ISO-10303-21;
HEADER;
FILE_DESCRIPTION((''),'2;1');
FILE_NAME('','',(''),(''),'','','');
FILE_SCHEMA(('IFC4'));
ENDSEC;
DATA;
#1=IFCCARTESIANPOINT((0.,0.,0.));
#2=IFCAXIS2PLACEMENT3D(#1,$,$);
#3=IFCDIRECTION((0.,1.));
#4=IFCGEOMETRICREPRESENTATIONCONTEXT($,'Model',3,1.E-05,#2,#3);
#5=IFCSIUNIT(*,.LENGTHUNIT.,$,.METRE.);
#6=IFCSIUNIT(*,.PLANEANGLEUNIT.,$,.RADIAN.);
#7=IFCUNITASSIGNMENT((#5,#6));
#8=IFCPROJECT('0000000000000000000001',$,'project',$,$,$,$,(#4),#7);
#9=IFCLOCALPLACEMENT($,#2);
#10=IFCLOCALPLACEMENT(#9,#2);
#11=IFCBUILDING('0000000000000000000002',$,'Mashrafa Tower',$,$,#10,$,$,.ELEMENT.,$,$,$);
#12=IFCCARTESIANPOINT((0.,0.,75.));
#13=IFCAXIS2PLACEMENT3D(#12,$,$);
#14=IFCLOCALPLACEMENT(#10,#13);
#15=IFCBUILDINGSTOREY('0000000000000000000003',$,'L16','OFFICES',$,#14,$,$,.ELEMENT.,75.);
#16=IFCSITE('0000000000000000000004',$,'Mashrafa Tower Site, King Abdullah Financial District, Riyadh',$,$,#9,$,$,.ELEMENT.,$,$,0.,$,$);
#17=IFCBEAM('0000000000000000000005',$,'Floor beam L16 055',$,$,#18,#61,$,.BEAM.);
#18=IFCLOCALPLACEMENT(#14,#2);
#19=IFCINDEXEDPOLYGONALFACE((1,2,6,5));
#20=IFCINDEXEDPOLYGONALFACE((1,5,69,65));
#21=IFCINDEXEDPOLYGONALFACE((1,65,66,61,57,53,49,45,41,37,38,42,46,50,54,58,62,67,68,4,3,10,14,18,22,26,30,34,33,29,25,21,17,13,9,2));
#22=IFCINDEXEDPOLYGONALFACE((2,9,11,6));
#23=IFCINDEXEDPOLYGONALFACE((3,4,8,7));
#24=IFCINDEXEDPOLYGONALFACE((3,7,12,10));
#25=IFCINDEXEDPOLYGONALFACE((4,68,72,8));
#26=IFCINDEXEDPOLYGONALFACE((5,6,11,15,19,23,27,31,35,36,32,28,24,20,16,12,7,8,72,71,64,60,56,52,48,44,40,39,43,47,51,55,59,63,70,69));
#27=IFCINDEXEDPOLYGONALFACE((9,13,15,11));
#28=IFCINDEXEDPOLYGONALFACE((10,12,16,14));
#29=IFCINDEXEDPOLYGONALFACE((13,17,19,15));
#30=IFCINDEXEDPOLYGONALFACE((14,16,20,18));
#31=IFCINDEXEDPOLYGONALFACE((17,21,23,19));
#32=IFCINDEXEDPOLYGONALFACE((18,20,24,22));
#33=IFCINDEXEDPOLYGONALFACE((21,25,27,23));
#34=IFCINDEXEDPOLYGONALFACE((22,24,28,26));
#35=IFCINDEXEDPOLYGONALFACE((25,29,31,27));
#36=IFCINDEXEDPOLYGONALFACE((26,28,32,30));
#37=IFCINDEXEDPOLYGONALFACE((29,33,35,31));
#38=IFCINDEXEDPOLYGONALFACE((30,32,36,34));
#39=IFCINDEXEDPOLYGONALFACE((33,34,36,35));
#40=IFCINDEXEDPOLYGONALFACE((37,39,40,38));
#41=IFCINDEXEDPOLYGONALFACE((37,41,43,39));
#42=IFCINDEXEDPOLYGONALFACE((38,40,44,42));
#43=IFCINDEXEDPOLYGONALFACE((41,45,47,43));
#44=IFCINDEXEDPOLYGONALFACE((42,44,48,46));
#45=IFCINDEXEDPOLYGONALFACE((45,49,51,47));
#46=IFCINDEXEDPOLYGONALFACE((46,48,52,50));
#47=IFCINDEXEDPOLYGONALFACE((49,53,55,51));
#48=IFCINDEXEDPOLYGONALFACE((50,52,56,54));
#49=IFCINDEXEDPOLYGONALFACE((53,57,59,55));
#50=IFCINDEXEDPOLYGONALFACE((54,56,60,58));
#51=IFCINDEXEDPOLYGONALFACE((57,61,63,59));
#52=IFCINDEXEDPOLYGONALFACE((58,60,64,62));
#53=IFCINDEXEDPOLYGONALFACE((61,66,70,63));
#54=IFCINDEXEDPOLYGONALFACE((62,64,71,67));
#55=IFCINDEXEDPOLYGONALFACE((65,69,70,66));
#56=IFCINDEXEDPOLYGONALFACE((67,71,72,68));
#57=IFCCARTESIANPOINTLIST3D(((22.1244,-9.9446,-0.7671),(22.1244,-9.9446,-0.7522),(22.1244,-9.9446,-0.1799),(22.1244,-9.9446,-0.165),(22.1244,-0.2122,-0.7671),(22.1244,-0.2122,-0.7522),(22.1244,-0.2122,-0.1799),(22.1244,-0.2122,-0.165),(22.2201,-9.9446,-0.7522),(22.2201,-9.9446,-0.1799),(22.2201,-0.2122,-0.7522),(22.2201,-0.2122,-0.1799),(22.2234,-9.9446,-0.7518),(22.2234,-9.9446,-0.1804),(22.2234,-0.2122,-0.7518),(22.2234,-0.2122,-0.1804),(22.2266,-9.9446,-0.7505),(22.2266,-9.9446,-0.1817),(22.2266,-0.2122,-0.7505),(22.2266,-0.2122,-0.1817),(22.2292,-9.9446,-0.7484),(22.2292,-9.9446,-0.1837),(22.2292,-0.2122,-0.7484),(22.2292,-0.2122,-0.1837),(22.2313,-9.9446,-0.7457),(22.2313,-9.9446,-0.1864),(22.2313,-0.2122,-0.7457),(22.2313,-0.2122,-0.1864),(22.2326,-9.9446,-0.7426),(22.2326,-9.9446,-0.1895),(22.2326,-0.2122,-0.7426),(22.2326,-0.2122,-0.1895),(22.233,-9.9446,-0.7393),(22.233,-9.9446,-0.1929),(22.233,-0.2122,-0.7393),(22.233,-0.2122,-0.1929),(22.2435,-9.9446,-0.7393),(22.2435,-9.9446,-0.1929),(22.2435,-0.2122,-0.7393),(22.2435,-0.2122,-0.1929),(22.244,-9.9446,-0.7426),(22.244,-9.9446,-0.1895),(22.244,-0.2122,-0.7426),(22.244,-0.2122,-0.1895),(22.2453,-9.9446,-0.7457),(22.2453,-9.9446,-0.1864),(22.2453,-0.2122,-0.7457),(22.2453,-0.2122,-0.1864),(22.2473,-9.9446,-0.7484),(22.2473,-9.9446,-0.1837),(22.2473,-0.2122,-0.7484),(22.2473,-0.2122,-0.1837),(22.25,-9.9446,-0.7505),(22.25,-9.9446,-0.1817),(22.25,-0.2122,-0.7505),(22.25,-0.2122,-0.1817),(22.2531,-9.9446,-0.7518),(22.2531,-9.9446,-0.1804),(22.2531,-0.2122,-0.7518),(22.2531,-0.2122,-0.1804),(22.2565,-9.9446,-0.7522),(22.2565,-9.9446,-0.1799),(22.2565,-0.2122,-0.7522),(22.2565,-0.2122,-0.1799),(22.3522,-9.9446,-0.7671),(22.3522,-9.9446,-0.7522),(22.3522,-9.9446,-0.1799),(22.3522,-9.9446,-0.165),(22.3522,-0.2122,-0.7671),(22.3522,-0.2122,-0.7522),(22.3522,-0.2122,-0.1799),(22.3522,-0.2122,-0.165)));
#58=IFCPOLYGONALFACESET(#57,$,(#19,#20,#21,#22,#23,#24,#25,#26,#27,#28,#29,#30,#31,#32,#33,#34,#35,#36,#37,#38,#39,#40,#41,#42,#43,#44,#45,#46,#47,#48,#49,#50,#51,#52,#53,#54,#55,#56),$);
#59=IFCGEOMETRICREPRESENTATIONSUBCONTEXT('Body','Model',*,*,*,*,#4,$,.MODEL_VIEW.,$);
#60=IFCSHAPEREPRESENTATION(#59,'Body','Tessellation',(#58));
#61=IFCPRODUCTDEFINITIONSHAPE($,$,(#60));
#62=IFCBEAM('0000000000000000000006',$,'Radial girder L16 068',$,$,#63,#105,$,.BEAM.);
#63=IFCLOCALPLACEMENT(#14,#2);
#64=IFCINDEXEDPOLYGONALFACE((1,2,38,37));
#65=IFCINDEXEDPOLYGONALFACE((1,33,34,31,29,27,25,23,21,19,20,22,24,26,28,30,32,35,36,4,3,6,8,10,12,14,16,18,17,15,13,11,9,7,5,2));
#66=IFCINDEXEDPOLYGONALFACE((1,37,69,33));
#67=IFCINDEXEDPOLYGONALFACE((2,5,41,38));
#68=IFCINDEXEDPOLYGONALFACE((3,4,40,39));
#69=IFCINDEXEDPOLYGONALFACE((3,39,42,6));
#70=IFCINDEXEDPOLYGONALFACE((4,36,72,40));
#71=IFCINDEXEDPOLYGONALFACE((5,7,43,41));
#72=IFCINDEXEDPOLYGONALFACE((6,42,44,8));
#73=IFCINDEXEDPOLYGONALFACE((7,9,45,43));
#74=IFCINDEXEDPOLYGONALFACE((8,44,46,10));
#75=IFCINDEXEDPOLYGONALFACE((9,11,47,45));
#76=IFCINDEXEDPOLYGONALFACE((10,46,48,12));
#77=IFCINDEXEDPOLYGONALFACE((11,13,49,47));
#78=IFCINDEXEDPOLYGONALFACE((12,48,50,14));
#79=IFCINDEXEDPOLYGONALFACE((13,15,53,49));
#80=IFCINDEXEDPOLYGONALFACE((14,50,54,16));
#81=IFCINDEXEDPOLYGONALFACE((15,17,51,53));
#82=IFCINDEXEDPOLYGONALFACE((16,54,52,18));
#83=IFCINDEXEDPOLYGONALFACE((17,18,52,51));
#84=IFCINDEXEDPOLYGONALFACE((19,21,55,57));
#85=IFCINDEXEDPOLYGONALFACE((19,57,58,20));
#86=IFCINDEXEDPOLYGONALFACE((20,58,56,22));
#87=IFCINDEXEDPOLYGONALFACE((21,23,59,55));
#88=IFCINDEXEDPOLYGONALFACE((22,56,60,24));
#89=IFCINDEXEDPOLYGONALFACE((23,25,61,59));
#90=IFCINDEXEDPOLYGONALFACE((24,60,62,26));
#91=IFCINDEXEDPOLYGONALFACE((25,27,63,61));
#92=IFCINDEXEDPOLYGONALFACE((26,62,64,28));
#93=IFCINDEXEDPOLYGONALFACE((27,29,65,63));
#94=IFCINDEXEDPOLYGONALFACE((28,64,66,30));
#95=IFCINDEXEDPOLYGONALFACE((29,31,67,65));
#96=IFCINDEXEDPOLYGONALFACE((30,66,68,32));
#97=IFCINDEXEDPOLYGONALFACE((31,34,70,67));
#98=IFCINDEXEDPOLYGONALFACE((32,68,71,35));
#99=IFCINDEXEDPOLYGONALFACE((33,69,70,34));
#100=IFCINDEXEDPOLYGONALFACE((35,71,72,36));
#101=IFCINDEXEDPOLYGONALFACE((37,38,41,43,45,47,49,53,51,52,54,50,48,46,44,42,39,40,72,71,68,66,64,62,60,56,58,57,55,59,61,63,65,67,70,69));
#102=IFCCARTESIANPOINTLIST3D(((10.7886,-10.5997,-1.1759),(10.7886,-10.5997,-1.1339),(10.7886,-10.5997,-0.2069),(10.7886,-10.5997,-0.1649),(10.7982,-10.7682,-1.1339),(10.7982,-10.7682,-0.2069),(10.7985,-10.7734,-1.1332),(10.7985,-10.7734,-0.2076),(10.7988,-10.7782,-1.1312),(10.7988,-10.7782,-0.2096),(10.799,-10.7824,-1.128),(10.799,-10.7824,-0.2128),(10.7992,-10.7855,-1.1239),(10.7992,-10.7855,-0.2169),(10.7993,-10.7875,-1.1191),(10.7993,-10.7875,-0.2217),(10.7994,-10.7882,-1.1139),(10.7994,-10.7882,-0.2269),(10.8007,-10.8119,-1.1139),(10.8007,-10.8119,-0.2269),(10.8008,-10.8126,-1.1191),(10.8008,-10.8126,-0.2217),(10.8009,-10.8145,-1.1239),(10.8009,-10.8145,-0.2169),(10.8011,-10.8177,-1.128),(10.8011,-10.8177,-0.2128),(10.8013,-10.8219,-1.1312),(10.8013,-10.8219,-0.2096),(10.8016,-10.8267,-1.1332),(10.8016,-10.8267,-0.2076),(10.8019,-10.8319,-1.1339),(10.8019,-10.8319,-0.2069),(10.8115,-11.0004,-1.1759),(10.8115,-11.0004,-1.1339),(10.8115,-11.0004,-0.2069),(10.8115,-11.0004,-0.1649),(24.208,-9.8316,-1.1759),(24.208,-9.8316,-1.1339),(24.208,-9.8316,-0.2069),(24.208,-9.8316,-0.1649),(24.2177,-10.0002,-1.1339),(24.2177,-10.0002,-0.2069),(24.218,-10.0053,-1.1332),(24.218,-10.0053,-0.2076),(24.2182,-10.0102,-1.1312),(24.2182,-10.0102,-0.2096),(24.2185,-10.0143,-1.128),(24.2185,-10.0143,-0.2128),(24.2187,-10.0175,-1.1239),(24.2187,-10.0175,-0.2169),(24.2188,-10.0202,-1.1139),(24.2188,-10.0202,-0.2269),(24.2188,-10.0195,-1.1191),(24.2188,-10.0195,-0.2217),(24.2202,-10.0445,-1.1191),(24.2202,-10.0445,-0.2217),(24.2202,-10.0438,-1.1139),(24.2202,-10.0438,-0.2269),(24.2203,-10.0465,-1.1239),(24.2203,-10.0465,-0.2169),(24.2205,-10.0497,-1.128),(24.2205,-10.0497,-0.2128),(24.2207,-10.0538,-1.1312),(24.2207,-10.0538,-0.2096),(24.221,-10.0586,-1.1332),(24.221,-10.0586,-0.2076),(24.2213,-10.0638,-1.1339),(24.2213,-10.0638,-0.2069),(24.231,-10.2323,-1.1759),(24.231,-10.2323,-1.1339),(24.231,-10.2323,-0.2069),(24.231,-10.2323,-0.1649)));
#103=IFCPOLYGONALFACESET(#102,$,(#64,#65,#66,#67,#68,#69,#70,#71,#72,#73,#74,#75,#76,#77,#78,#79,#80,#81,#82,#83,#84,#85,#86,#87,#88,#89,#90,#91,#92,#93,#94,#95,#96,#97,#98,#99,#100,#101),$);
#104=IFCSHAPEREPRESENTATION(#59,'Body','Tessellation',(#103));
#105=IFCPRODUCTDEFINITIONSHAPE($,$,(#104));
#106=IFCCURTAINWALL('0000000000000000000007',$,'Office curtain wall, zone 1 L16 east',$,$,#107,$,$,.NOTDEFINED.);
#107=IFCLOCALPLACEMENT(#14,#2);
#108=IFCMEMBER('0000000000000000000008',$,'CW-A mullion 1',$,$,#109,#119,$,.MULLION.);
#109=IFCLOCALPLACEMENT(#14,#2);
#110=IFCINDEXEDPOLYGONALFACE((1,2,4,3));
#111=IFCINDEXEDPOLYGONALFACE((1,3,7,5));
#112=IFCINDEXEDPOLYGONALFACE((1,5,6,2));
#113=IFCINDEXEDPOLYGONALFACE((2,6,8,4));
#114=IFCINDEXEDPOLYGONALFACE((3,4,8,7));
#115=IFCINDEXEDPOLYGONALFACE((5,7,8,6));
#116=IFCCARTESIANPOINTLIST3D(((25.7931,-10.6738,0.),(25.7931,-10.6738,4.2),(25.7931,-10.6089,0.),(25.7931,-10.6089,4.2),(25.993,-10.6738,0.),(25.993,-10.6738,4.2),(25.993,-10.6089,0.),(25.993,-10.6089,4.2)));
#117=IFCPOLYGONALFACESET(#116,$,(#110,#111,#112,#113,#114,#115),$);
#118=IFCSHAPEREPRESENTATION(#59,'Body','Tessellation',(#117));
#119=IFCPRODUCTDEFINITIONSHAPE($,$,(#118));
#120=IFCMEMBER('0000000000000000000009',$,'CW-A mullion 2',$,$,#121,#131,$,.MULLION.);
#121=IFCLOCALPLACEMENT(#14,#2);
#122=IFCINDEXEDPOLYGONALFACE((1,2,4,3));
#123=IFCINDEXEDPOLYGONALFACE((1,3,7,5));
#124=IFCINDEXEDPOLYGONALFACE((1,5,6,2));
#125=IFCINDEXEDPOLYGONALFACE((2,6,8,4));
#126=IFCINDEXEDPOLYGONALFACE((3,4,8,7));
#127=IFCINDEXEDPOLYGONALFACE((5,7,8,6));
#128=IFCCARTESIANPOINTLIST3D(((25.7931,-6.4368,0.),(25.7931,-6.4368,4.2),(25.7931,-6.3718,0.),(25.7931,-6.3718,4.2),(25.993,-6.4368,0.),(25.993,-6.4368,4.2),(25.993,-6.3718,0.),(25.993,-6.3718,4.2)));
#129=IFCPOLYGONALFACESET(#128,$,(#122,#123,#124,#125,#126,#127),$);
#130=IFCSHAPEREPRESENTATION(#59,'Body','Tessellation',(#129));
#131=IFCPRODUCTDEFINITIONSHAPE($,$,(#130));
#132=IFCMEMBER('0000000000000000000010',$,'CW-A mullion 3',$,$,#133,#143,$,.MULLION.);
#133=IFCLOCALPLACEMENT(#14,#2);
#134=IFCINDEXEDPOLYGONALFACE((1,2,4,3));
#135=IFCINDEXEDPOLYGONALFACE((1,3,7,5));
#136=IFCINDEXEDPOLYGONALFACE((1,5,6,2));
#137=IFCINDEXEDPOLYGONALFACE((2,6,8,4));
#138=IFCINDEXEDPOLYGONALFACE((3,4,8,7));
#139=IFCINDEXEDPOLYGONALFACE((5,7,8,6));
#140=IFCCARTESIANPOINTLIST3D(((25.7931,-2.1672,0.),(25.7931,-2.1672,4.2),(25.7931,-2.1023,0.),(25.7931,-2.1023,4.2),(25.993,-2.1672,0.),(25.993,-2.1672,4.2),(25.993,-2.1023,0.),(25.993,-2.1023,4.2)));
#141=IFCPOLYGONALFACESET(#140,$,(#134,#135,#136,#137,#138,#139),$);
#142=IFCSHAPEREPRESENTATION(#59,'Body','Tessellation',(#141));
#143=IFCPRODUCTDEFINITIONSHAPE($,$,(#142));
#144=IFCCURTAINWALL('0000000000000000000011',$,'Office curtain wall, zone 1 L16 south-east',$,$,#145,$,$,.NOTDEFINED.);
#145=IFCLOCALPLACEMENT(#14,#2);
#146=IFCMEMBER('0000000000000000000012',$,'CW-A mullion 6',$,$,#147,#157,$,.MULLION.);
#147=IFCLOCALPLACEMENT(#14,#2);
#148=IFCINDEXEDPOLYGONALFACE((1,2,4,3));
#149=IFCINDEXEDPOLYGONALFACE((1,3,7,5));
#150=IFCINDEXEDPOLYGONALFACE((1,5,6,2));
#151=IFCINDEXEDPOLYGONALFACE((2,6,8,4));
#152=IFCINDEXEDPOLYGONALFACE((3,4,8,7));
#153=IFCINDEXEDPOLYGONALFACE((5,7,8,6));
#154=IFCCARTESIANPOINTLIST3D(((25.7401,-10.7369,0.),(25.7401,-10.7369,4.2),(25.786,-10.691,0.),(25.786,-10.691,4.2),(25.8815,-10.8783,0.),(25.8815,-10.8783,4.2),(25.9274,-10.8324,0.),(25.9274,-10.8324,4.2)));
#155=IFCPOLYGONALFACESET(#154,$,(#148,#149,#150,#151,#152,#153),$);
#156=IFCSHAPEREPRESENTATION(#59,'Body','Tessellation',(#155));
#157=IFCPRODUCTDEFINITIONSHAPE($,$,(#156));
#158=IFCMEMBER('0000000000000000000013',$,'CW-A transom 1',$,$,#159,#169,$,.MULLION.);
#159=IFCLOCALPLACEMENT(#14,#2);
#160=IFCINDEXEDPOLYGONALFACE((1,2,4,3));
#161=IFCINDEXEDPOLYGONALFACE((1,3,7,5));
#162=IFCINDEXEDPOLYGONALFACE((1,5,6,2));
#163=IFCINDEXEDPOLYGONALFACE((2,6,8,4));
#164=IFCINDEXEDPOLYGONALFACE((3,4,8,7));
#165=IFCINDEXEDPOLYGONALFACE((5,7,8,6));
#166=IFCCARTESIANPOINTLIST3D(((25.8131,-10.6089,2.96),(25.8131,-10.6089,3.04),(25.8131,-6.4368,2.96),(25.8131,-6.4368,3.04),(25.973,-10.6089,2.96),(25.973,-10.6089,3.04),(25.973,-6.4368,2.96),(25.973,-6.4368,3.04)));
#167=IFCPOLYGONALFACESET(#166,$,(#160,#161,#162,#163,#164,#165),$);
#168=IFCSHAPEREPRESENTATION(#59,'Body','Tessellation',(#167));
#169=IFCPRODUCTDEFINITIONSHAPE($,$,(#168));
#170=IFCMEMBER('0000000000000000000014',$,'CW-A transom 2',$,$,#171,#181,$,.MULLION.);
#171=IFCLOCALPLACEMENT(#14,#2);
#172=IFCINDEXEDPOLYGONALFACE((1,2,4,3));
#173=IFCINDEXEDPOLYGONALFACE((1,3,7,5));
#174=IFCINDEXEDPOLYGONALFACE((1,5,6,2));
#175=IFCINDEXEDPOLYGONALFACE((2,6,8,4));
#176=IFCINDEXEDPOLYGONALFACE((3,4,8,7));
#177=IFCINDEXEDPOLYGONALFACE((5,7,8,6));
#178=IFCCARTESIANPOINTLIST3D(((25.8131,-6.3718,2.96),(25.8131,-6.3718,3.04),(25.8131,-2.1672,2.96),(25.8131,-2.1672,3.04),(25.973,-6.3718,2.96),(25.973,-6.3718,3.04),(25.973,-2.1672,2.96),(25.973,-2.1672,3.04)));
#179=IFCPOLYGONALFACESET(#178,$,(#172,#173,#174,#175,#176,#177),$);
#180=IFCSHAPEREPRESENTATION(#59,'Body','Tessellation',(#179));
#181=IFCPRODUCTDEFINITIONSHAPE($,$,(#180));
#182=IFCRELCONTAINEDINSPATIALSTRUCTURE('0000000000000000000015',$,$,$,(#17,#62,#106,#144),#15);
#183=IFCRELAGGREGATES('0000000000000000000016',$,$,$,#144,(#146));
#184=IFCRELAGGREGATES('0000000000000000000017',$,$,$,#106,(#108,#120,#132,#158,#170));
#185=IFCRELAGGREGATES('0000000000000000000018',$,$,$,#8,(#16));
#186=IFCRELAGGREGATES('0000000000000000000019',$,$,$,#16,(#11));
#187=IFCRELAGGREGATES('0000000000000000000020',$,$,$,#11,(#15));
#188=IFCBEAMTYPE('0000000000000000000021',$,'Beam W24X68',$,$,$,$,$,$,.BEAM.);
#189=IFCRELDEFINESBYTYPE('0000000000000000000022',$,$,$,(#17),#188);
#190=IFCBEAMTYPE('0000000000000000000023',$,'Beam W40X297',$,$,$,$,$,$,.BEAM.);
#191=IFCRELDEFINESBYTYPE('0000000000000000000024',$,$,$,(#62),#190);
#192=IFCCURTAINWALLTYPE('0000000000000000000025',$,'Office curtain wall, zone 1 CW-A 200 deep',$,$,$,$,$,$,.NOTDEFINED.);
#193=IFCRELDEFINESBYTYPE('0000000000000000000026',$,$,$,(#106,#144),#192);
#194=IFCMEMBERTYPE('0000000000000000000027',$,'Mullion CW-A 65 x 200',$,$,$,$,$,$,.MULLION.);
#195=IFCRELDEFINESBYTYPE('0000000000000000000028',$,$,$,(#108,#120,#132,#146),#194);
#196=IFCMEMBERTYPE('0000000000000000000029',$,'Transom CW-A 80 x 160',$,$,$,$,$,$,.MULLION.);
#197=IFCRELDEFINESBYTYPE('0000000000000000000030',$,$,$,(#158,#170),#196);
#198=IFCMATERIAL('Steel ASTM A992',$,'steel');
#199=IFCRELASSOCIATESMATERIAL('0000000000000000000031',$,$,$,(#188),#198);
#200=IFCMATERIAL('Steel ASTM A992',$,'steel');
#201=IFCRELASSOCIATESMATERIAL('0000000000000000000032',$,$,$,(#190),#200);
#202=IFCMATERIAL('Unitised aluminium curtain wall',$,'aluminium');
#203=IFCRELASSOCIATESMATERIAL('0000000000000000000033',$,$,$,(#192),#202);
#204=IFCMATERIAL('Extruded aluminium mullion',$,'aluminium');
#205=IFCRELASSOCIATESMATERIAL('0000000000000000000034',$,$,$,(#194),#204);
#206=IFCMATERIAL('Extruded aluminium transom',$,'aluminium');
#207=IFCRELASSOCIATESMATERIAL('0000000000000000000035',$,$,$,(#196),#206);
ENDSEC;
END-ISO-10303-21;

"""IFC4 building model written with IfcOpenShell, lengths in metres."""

from ifc_helpers import new_model, si_unit, direction, frame, origin, origin_2d, place, context, subcontext, project, spatial, rectangle, i_section, extrude, source, transform, mapped, material, material_profile, profile_set, type_object, type_shapes, element, aggregate, save


model = new_model("IFC4")

# Units and contexts
model_context = context("Model", 3, precision=1e-05, world=origin(), true_north=direction((0.0, 1.0)))
body_context = subcontext(model_context, "Body", "Model", "MODEL_VIEW")
ifc_project = project(units=[si_unit("LENGTHUNIT", "METRE"), si_unit("PLANEANGLEUNIT", "RADIAN")], contexts=[model_context])

# Site, building, storey
site_placement = place(None, origin())
site = spatial("IfcSite", under=ifc_project, at=site_placement, Name="Mashrafa Tower Site, King Abdullah Financial District, Riyadh", CompositionType="ELEMENT", RefElevation=0.0)
building_placement = place(site_placement, origin())
building = spatial("IfcBuilding", under=site, at=building_placement, Name="Mashrafa Tower", CompositionType="ELEMENT")
storey_placement = place(building_placement, frame((0.0, 0.0, 75.0)))
storey = spatial("IfcBuildingStorey", under=building, at=storey_placement, Name="L16", Description="OFFICES", CompositionType="ELEMENT", Elevation=75.0)

# Beams
ifc_material_1 = material(Name="Steel ASTM A992", Category="steel")
ifc_material_profile_1 = material_profile(ifc_material_1, i_section(OverallWidth=0.2278, OverallDepth=0.6021, WebThickness=0.0105, FlangeThickness=0.0149, FilletRadius=0.0129, at=origin_2d()), Name="W24X68")
ifc_profile_set_1 = profile_set([ifc_material_profile_1], Name="Steel ASTM A992")
beam_type_1 = type_object("IfcBeamType", Name="Beam W24X68", PredefinedType="BEAM", material=ifc_profile_set_1)
beam_1_placement = place(storey_placement, frame((22.2383, -0.2122, -0.4661), z_axis=(0.0, -1.0, 0.0), x_axis=(1.0, 0.0, 0.0)))
element("IfcBeam", 1, at=beam_1_placement, inside=storey, type_object=beam_type_1, Name="Floor beam L16 055", PredefinedType="BEAM", context=body_context, shape_type="SweptSolid", body=[
    extrude(i_section(OverallWidth=0.2278, OverallDepth=0.6021, WebThickness=0.0105, FlangeThickness=0.0149, FilletRadius=0.0129, at=origin_2d()), origin(), (0.0, 0.0, 1.0), 9.7324),
])
ifc_material_2 = material(Name="Steel ASTM A992", Category="steel")
ifc_material_profile_2 = material_profile(ifc_material_2, i_section(OverallWidth=0.4014, OverallDepth=1.011, WebThickness=0.0237, FlangeThickness=0.042, FilletRadius=0.02, at=origin_2d()), Name="W40X297")
ifc_profile_set_2 = profile_set([ifc_material_profile_2], Name="Steel ASTM A992")
beam_type_2 = type_object("IfcBeamType", Name="Beam W40X297", PredefinedType="BEAM", material=ifc_profile_set_2)
beam_2_placement = place(storey_placement, frame((10.8, -10.8, -0.6704), z_axis=(0.998366, 0.057142, 0.0), x_axis=(-0.057142, 0.998366, 0.0)))
element("IfcBeam", 2, at=beam_2_placement, inside=storey, type_object=beam_type_2, Name="Radial girder L16 068", PredefinedType="BEAM", context=body_context, shape_type="SweptSolid", body=[
    extrude(i_section(OverallWidth=0.4014, OverallDepth=1.011, WebThickness=0.0237, FlangeThickness=0.042, FilletRadius=0.02, at=origin_2d()), origin(), (0.0, 0.0, 1.0), 13.4414),
])

# Curtain wall, members
ifc_material_3 = material(Name="Unitised aluminium curtain wall", Category="aluminium")
curtain_wall_type = type_object("IfcCurtainWallType", Name="Office curtain wall, zone 1 CW-A 200 deep", PredefinedType="NOTDEFINED", material=ifc_material_3)
curtain_wall_1_placement = place(storey_placement, origin())
curtain_wall_1 = element("IfcCurtainWall", 3, at=curtain_wall_1_placement, inside=storey, type_object=curtain_wall_type, Name="Office curtain wall, zone 1 L16 east", PredefinedType="NOTDEFINED")
ifc_material_4 = material(Name="Extruded aluminium mullion", Category="aluminium")
ifc_material_profile_3 = material_profile(ifc_material_4, rectangle(XDim=0.2, YDim=0.0649, at=origin_2d()), Name="Mullion 65x200")
ifc_profile_set_3 = profile_set([ifc_material_profile_3], Name="Extruded aluminium mullion")
member_type_1 = type_object("IfcMemberType", Name="Mullion CW-A 65 x 200", PredefinedType="MULLION", material=ifc_profile_set_3)
shared_shape_1 = source(origin(), body_context, "Body", "SweptSolid", [
    extrude(rectangle(XDim=0.2, YDim=0.0649, at=origin_2d()), origin(), (0.0, 0.0, 1.0), 4.2),
])
type_shapes(member_type_1, [shared_shape_1])
member_1_placement = place(storey_placement, frame((25.8931, -10.6414, 0.0), z_axis=(0.0, 0.0, 1.0), x_axis=(-1.0, 0.0, 0.0)))
member_1 = element("IfcMember", 4, at=member_1_placement, type_object=member_type_1, Name="CW-A mullion 1", PredefinedType="MULLION", context=body_context, shape_type="MappedRepresentation", body=[
    mapped(shared_shape_1, transform((0.0, 0.0, 0.0))),
])
member_2_placement = place(storey_placement, frame((25.8931, -6.4043, 0.0), z_axis=(0.0, 0.0, 1.0), x_axis=(-1.0, 0.0, 0.0)))
member_2 = element("IfcMember", 5, at=member_2_placement, type_object=member_type_1, Name="CW-A mullion 2", PredefinedType="MULLION", context=body_context, shape_type="MappedRepresentation", body=[
    mapped(shared_shape_1, transform((0.0, 0.0, 0.0))),
])
member_3_placement = place(storey_placement, frame((25.8931, -2.1348, 0.0), z_axis=(0.0, 0.0, 1.0), x_axis=(-1.0, 0.0, 0.0)))
member_3 = element("IfcMember", 6, at=member_3_placement, type_object=member_type_1, Name="CW-A mullion 3", PredefinedType="MULLION", context=body_context, shape_type="MappedRepresentation", body=[
    mapped(shared_shape_1, transform((0.0, 0.0, 0.0))),
])

# Curtain wall, member
curtain_wall_2_placement = place(storey_placement, origin())
curtain_wall_2 = element("IfcCurtainWall", 7, at=curtain_wall_2_placement, inside=storey, type_object=curtain_wall_type, Name="Office curtain wall, zone 1 L16 south-east", PredefinedType="NOTDEFINED")
member_4_placement = place(storey_placement, frame((25.8337, -10.7847, 0.0), z_axis=(0.0, 0.0, 1.0), x_axis=(-0.707107, 0.707107, 0.0)))
member_4 = element("IfcMember", 8, at=member_4_placement, type_object=member_type_1, Name="CW-A mullion 6", PredefinedType="MULLION", context=body_context, shape_type="MappedRepresentation", body=[
    mapped(shared_shape_1, transform((0.0, 0.0, 0.0))),
])

# Members
ifc_material_5 = material(Name="Extruded aluminium transom", Category="aluminium")
ifc_material_profile_4 = material_profile(ifc_material_5, rectangle(XDim=0.1599, YDim=0.0801, at=origin_2d()), Name="Transom 80x160")
ifc_profile_set_4 = profile_set([ifc_material_profile_4], Name="Extruded aluminium transom")
member_type_2 = type_object("IfcMemberType", Name="Transom CW-A 80 x 160", PredefinedType="MULLION", material=ifc_profile_set_4)
shared_shape_2 = source(origin(), body_context, "Body", "SweptSolid", [
    extrude(rectangle(XDim=0.1599, YDim=0.0801, at=origin_2d()), origin(), (0.0, 0.0, 1.0), 4.1721),
])
member_5_placement = place(storey_placement, frame((25.8931, -10.6089, 3.0), z_axis=(0.0, 1.0, 0.0), x_axis=(-1.0, 0.0, 0.0)))
member_5 = element("IfcMember", 9, at=member_5_placement, type_object=member_type_2, Name="CW-A transom 1", PredefinedType="MULLION", context=body_context, shape_type="MappedRepresentation", body=[
    mapped(shared_shape_2, transform((0.0, 0.0, 0.0))),
])
shared_shape_3 = source(origin(), body_context, "Body", "SweptSolid", [
    extrude(rectangle(XDim=0.1599, YDim=0.0801, at=origin_2d()), origin(), (0.0, 0.0, 1.0), 4.2046),
])
type_shapes(member_type_2, [shared_shape_2, shared_shape_3])
member_6_placement = place(storey_placement, frame((25.8931, -6.3718, 3.0), z_axis=(0.0, 1.0, 0.0), x_axis=(-1.0, 0.0, 0.0)))
member_6 = element("IfcMember", 10, at=member_6_placement, type_object=member_type_2, Name="CW-A transom 2", PredefinedType="MULLION", context=body_context, shape_type="MappedRepresentation", body=[
    mapped(shared_shape_3, transform((0.0, 0.0, 0.0))),
])

aggregate(curtain_wall_2, [member_4])
aggregate(curtain_wall_1, [member_1, member_2, member_3, member_5, member_6])

save(model, "model.ifc")
